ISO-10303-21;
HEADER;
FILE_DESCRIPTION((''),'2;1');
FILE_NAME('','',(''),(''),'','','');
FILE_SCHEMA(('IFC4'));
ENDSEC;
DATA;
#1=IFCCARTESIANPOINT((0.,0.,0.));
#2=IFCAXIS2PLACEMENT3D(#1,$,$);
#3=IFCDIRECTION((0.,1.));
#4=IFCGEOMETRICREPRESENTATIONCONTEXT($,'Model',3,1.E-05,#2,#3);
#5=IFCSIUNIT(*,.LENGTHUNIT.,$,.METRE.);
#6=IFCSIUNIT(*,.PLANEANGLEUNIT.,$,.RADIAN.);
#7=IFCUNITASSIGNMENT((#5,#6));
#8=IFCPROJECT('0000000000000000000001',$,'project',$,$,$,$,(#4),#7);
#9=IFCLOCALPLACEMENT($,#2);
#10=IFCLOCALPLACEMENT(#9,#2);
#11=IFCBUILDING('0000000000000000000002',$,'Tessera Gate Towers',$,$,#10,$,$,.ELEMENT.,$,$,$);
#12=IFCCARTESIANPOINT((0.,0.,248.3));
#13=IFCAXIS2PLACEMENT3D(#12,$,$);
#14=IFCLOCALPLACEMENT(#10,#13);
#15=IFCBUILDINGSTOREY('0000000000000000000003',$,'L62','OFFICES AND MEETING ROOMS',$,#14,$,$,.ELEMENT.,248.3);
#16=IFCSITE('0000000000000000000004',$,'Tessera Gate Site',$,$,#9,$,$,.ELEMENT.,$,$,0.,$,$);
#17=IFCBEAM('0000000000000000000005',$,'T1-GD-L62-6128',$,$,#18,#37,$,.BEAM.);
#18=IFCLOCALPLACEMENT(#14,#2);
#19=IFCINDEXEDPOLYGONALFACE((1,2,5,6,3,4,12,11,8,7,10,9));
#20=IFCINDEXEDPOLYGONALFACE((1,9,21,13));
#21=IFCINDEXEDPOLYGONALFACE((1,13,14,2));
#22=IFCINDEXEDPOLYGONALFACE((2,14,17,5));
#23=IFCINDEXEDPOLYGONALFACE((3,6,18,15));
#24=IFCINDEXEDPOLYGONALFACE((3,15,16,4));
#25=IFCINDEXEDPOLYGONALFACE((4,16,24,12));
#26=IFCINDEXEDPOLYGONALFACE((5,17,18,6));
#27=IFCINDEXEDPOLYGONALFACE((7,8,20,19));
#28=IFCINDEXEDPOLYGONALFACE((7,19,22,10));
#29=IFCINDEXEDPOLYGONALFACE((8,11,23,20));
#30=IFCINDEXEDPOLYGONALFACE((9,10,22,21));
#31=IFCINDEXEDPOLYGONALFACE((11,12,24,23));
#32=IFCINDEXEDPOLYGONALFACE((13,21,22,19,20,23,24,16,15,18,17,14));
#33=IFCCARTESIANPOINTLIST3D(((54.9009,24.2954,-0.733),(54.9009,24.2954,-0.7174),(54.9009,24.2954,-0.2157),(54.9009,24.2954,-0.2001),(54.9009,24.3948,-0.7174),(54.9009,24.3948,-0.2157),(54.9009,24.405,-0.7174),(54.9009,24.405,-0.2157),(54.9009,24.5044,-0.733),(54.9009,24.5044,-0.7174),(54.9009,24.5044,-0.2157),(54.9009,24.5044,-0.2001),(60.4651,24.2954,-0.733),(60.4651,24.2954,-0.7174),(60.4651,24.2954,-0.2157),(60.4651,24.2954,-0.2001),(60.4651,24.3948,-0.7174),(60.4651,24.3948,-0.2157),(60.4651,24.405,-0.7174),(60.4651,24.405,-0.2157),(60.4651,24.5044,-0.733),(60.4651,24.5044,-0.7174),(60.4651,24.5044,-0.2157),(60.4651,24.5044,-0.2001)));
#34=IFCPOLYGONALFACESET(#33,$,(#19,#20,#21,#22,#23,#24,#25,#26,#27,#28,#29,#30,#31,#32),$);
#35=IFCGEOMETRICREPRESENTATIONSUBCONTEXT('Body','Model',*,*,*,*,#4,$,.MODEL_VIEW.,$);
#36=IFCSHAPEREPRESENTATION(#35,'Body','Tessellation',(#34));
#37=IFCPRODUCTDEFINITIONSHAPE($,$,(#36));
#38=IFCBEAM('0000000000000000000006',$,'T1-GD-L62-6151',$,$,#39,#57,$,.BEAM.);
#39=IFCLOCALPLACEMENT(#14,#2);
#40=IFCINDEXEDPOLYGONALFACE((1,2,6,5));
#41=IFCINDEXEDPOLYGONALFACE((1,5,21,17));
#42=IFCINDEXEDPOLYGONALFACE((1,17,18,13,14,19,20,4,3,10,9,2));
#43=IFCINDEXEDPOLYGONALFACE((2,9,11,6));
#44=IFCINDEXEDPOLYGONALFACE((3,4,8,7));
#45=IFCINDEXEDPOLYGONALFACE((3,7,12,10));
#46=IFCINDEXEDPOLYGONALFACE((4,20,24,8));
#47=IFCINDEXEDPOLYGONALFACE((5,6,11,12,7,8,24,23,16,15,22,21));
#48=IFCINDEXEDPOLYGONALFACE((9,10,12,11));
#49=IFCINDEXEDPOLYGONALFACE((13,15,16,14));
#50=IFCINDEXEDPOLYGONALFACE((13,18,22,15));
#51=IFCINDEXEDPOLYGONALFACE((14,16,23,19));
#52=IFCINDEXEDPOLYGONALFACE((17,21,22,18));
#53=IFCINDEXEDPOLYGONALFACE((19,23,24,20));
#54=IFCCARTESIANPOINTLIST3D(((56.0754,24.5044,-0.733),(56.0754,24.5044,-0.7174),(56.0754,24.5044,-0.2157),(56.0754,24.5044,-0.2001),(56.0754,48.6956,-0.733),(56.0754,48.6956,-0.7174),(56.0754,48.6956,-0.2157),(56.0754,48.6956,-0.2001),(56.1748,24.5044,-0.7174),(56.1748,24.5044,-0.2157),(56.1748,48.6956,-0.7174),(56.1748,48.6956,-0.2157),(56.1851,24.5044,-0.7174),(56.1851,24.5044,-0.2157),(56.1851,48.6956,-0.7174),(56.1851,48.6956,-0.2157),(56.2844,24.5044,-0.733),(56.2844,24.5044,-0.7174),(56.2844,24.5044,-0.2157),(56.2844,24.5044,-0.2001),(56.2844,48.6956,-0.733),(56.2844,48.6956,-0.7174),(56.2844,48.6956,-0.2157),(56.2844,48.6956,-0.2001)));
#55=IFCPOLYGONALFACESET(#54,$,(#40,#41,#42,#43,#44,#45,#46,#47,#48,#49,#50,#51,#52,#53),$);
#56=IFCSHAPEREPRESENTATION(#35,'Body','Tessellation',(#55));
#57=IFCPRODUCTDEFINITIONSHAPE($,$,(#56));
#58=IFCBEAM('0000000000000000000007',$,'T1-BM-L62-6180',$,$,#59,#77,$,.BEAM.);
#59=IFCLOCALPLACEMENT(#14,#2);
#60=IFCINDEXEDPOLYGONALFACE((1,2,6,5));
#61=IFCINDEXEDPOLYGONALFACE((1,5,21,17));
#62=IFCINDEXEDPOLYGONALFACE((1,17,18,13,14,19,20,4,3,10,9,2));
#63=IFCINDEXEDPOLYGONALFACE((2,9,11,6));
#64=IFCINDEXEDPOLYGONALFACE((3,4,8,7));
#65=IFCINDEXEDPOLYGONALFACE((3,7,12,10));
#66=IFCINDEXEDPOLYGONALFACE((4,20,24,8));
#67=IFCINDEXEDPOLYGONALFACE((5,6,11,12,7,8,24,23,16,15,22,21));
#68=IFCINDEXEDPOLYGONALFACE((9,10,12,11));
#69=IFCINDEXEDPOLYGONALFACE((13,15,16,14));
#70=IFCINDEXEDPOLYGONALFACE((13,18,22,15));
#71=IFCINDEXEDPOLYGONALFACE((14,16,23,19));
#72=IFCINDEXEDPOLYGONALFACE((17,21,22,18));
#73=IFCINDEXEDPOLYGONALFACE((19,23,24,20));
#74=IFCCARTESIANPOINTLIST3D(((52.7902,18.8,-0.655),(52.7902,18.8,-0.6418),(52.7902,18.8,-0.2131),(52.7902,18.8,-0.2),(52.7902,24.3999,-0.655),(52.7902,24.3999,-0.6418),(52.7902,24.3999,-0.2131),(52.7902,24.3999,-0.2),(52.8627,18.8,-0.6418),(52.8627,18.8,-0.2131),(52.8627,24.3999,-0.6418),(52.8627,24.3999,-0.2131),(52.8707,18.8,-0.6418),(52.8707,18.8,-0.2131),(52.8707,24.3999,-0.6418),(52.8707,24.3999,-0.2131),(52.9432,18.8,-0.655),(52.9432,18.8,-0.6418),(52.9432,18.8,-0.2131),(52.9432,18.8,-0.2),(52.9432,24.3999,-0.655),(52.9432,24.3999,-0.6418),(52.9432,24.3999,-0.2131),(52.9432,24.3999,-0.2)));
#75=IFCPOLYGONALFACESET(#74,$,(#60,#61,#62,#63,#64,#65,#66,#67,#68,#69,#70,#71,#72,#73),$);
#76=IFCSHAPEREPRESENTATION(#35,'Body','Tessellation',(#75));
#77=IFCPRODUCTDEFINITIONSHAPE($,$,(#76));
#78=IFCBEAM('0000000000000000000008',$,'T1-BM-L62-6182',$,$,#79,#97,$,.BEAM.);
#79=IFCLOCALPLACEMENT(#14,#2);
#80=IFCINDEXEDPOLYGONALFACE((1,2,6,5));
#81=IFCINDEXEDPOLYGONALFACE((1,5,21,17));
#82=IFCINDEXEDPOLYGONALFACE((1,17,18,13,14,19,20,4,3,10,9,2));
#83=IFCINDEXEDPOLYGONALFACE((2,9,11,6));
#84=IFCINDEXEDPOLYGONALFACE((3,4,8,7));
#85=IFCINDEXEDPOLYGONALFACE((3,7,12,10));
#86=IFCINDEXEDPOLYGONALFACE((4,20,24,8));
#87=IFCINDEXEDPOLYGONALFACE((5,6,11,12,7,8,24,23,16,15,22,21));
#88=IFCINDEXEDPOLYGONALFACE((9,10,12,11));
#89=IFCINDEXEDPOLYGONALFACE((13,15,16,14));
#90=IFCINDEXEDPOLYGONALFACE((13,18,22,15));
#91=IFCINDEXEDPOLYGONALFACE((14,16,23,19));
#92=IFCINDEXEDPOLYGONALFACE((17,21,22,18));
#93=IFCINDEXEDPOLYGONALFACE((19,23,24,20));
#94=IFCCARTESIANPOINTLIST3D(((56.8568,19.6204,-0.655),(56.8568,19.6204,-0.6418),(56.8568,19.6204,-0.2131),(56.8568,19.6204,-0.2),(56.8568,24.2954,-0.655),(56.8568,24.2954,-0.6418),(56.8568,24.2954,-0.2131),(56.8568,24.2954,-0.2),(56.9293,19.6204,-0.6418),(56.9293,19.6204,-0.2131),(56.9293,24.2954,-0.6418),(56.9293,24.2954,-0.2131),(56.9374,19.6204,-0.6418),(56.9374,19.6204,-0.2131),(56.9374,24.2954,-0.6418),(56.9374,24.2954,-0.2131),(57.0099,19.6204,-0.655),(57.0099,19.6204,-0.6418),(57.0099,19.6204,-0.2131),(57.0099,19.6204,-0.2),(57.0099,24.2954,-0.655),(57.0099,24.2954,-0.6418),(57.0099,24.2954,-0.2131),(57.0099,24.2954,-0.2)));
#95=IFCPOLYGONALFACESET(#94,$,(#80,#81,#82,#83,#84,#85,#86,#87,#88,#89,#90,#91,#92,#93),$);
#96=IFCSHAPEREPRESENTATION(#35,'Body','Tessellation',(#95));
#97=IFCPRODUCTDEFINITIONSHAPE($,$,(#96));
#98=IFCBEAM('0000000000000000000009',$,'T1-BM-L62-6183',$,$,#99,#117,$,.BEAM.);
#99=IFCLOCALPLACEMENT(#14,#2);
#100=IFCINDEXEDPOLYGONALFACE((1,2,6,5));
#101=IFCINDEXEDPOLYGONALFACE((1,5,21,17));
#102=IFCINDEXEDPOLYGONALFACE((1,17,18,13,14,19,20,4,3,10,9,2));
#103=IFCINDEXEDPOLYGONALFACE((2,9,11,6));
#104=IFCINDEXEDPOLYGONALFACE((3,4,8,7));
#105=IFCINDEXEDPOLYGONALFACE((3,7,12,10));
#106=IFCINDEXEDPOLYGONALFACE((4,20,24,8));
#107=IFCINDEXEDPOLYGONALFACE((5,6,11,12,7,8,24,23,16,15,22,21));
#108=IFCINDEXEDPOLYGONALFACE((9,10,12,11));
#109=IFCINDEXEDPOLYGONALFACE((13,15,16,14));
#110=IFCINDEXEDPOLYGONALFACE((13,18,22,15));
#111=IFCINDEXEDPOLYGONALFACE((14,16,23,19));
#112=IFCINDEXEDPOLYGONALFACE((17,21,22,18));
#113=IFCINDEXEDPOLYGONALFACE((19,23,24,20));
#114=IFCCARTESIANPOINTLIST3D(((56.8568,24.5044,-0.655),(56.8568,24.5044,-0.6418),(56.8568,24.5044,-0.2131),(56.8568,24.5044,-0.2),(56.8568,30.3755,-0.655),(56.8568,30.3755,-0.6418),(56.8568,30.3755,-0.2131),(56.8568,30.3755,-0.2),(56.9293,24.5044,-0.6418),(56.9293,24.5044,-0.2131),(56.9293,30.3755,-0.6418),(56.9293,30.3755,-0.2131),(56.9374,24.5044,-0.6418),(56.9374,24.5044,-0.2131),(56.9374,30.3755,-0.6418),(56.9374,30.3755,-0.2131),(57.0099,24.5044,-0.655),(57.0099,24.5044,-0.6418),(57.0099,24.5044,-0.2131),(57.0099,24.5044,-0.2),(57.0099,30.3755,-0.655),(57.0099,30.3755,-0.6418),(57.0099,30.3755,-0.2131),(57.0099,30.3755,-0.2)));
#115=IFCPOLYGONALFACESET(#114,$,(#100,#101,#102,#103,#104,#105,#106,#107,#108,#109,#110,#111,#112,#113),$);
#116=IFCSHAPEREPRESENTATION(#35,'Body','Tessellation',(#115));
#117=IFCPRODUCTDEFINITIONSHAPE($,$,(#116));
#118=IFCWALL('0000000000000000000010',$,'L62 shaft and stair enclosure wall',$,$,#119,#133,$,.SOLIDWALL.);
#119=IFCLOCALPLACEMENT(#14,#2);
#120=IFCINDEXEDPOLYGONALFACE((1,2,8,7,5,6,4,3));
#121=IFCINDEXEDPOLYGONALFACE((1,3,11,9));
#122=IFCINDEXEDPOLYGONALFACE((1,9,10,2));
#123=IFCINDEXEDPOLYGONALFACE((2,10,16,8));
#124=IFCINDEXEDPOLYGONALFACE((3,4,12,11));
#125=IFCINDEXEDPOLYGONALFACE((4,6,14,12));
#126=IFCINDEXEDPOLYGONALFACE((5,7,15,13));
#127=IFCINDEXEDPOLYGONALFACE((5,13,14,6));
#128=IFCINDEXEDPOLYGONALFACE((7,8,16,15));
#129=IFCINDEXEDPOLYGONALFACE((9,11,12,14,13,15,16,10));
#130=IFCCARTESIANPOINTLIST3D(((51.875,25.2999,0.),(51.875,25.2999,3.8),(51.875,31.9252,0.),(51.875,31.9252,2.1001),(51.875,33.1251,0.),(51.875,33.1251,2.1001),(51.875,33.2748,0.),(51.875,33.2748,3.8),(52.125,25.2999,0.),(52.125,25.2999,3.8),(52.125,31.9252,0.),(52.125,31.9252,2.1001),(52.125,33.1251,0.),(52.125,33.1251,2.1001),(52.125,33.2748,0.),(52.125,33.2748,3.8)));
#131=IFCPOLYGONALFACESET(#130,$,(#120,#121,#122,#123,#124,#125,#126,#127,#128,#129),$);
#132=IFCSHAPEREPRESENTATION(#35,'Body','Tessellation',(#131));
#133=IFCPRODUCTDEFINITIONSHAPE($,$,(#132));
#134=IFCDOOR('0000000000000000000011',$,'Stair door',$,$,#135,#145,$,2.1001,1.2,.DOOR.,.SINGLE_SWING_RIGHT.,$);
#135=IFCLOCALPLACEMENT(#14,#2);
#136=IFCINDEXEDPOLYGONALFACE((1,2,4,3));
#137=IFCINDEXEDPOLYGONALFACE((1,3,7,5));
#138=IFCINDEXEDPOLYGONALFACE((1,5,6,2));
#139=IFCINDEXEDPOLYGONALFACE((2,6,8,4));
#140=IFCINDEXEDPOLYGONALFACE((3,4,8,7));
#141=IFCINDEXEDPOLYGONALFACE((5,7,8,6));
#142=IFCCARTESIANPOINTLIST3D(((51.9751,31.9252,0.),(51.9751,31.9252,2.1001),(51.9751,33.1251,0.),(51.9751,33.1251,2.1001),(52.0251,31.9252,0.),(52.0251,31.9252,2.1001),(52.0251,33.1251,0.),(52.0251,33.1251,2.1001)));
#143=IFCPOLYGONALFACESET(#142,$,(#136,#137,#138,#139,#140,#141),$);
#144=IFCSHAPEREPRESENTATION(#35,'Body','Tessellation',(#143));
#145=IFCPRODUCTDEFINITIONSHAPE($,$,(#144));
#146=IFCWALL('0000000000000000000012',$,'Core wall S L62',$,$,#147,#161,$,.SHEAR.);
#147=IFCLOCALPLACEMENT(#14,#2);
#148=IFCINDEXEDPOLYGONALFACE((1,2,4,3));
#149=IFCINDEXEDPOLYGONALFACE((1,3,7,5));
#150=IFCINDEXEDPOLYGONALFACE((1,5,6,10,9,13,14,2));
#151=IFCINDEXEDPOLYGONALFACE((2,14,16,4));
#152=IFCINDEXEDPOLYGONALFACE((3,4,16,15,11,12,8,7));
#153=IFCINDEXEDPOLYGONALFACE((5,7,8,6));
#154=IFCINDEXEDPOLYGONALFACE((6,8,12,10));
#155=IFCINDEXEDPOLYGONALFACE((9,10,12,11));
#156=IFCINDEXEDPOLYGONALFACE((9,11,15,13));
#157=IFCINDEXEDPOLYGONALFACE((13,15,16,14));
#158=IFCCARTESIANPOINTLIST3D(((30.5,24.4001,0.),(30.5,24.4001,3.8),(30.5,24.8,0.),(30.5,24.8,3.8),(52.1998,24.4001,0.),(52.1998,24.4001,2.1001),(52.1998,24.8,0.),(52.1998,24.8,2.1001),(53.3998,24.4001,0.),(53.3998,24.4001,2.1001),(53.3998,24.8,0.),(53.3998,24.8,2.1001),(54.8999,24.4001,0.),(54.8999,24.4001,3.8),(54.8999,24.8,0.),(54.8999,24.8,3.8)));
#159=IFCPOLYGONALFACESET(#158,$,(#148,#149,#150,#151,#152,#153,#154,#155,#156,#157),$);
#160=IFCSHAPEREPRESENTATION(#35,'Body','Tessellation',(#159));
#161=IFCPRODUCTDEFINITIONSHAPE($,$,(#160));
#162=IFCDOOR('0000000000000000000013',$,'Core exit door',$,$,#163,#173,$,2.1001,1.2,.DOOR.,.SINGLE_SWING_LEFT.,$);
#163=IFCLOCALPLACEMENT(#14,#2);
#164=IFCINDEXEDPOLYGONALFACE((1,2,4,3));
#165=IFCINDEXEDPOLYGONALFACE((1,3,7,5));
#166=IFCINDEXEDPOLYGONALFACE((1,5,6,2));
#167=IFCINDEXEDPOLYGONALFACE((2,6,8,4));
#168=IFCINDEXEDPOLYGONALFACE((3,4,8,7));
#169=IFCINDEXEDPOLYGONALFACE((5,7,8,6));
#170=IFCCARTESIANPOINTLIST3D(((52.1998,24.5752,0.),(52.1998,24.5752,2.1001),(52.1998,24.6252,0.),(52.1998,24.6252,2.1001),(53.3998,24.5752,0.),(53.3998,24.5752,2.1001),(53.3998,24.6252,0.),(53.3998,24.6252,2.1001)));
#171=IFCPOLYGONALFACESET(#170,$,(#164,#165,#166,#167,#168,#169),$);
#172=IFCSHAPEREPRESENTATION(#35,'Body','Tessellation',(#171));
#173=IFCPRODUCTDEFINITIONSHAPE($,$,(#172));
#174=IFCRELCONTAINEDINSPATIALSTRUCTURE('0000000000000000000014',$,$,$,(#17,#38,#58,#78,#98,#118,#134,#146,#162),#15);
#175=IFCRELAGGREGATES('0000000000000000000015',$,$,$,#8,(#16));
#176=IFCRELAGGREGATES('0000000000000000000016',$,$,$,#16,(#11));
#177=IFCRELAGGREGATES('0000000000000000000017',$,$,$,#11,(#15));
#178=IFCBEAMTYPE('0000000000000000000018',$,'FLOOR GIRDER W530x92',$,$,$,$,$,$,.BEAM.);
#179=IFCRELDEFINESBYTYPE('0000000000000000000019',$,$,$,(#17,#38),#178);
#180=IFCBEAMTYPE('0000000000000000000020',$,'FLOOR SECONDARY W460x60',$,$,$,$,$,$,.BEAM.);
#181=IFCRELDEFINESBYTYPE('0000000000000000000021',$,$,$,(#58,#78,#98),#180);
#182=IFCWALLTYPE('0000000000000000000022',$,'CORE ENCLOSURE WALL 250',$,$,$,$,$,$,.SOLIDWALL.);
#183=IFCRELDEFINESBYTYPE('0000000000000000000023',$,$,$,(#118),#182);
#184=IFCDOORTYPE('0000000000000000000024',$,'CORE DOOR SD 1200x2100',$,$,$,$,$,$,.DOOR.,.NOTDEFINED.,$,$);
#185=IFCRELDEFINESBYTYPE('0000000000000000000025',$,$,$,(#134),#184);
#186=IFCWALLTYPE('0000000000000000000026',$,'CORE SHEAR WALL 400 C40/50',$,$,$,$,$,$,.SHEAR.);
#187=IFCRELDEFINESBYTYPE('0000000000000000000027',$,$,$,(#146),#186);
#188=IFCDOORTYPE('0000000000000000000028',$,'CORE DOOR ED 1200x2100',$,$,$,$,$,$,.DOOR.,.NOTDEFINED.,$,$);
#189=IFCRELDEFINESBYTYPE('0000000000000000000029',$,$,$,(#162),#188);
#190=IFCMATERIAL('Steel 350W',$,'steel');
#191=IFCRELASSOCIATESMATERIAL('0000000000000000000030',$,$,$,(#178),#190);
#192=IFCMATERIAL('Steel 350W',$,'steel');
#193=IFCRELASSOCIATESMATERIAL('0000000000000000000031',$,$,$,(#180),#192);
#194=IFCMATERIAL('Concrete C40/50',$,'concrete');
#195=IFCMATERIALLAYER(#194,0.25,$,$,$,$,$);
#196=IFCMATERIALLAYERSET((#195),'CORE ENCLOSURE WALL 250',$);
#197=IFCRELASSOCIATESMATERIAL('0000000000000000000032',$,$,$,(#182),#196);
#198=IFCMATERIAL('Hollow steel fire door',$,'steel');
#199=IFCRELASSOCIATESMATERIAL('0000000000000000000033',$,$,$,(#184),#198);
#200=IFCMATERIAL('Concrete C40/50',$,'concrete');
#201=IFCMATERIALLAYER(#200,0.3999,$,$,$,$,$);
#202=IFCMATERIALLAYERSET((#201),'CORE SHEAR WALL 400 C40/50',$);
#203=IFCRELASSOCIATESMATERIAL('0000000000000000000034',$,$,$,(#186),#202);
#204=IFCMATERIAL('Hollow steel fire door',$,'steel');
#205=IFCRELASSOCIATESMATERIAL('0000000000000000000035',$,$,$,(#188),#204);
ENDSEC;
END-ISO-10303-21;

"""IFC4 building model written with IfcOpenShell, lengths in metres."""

from ifc_helpers import new_model, si_unit, direction, frame, frame_2d, origin, origin_2d, place, context, subcontext, project, spatial, rectangle, i_section, extrude, source, transform, mapped, material, layer, layer_set, material_profile, profile_set, type_object, element, fill, save


model = new_model("IFC4")

# Units and contexts
model_context = context("Model", 3, precision=1e-05, world=origin(), true_north=direction((0.0, 1.0)))
body_context = subcontext(model_context, "Body", "Model", "MODEL_VIEW")
ifc_project = project(units=[si_unit("LENGTHUNIT", "METRE"), si_unit("PLANEANGLEUNIT", "RADIAN")], contexts=[model_context])

# Site, building, storey
site_placement = place(None, origin())
site = spatial("IfcSite", under=ifc_project, at=site_placement, Name="Tessera Gate Site", CompositionType="ELEMENT", RefElevation=0.0)
building_placement = place(site_placement, origin())
building = spatial("IfcBuilding", under=site, at=building_placement, Name="Tessera Gate Towers", CompositionType="ELEMENT")
storey_placement = place(building_placement, frame((0.0, 0.0, 248.3)))
storey = spatial("IfcBuildingStorey", under=building, at=storey_placement, Name="L62", Description="OFFICES AND MEETING ROOMS", CompositionType="ELEMENT", Elevation=248.3)

# Beams
ifc_material_1 = material(Name="Steel 350W", Category="steel")
ifc_material_profile_1 = material_profile(ifc_material_1, i_section(OverallWidth=0.209, OverallDepth=0.533, WebThickness=0.0103, FlangeThickness=0.0156, at=origin_2d()), Name="W530x92")
ifc_profile_set_1 = profile_set([ifc_material_profile_1], Name="Steel 350W")
beam_type_1 = type_object("IfcBeamType", Name="FLOOR GIRDER W530x92", PredefinedType="BEAM", material=ifc_profile_set_1)
beam_1_placement = place(storey_placement, frame((54.9009, 24.3999, -0.4666), z_axis=(1.0, 0.0, 0.0), x_axis=(0.0, 1.0, 0.0)))
element("IfcBeam", 1, at=beam_1_placement, inside=storey, type_object=beam_type_1, Name="T1-GD-L62-6128", PredefinedType="BEAM", context=body_context, shape_type="SweptSolid", body=[
    extrude(i_section(OverallWidth=0.209, OverallDepth=0.533, WebThickness=0.0103, FlangeThickness=0.0156, at=origin_2d()), origin(), (0.0, 0.0, 1.0), 5.5642),
])
beam_2_placement = place(storey_placement, frame((56.1799, 24.5044, -0.4666), z_axis=(0.0, 1.0, 0.0), x_axis=(-1.0, 0.0, 0.0)))
element("IfcBeam", 2, at=beam_2_placement, inside=storey, type_object=beam_type_1, Name="T1-GD-L62-6151", PredefinedType="BEAM", context=body_context, shape_type="SweptSolid", body=[
    extrude(i_section(OverallWidth=0.209, OverallDepth=0.533, WebThickness=0.0103, FlangeThickness=0.0156, at=origin_2d()), origin(), (0.0, 0.0, 1.0), 24.1912),
])
ifc_material_2 = material(Name="Steel 350W", Category="steel")
ifc_material_profile_2 = material_profile(ifc_material_2, i_section(OverallWidth=0.1531, OverallDepth=0.4551, WebThickness=0.0081, FlangeThickness=0.0132, at=origin_2d()), Name="W460x60")
ifc_profile_set_2 = profile_set([ifc_material_profile_2], Name="Steel 350W")
beam_type_2 = type_object("IfcBeamType", Name="FLOOR SECONDARY W460x60", PredefinedType="BEAM", material=ifc_profile_set_2)
beam_3_placement = place(storey_placement, frame((52.8667, 18.8, -0.4275), z_axis=(0.0, 1.0, 0.0), x_axis=(-1.0, 0.0, 0.0)))
element("IfcBeam", 3, at=beam_3_placement, inside=storey, type_object=beam_type_2, Name="T1-BM-L62-6180", PredefinedType="BEAM", context=body_context, shape_type="SweptSolid", body=[
    extrude(i_section(OverallWidth=0.1531, OverallDepth=0.4551, WebThickness=0.0081, FlangeThickness=0.0132, at=origin_2d()), origin(), (0.0, 0.0, 1.0), 5.5999),
])
beam_4_placement = place(storey_placement, frame((56.9333, 19.6204, -0.4275), z_axis=(0.0, 1.0, 0.0), x_axis=(-1.0, 0.0, 0.0)))
element("IfcBeam", 4, at=beam_4_placement, inside=storey, type_object=beam_type_2, Name="T1-BM-L62-6182", PredefinedType="BEAM", context=body_context, shape_type="SweptSolid", body=[
    extrude(i_section(OverallWidth=0.1531, OverallDepth=0.4551, WebThickness=0.0081, FlangeThickness=0.0132, at=origin_2d()), origin(), (0.0, 0.0, 1.0), 4.675),
])
beam_5_placement = place(storey_placement, frame((56.9333, 24.5044, -0.4275), z_axis=(0.0, 1.0, 0.0), x_axis=(-1.0, 0.0, 0.0)))
element("IfcBeam", 5, at=beam_5_placement, inside=storey, type_object=beam_type_2, Name="T1-BM-L62-6183", PredefinedType="BEAM", context=body_context, shape_type="SweptSolid", body=[
    extrude(i_section(OverallWidth=0.1531, OverallDepth=0.4551, WebThickness=0.0081, FlangeThickness=0.0132, at=origin_2d()), origin(), (0.0, 0.0, 1.0), 5.8711),
])

# Walls, openings, doors
ifc_material_3 = material(Name="Concrete C40/50", Category="concrete")
ifc_layer_1 = layer(ifc_material_3, 0.25)
ifc_layer_set_1 = layer_set([ifc_layer_1], Name="CORE ENCLOSURE WALL 250")
wall_type_1 = type_object("IfcWallType", Name="CORE ENCLOSURE WALL 250", PredefinedType="SOLIDWALL", material=ifc_layer_set_1)
wall_1_placement = place(storey_placement, frame((52.0, 25.3, 0.0), z_axis=(0.0, 0.0, 1.0), x_axis=(0.0, 1.0, 0.0)))
wall_1 = element("IfcWall", 6, at=wall_1_placement, inside=storey, type_object=wall_type_1, Name="L62 shaft and stair enclosure wall", PredefinedType="SOLIDWALL", context=body_context, shape_type="SweptSolid", body=[
    extrude(rectangle(XDim=7.9749, YDim=0.25, at=frame_2d((3.9873, 0.0))), origin(), (0.0, 0.0, 1.0), 3.8),
])
shared_shape_1 = source(origin(), body_context, "Body", "SweptSolid", [
    extrude(rectangle(XDim=1.2, YDim=2.1001, at=frame_2d((0.6001, 1.05))), frame((0.0, 0.135, 0.0), z_axis=(0.0, -1.0, 0.0), x_axis=(1.0, 0.0, 0.0)), (0.0, 0.0, 1.0), 0.27),
])
opening_1_placement = place(wall_1_placement, frame((6.625, 0.0, 0.0)))
opening_1 = element("IfcOpeningElement", 7, at=opening_1_placement, cuts=wall_1, PredefinedType="OPENING", context=body_context, shape_type="MappedRepresentation", body=[
    mapped(shared_shape_1, transform((0.0, 0.0, 0.0), scale=1.0)),
])
ifc_material_4 = material(Name="Hollow steel fire door", Category="steel")
door_type_1 = type_object("IfcDoorType", Name="CORE DOOR SD 1200x2100", OperationType="NOTDEFINED", PredefinedType="DOOR", material=ifc_material_4)
shared_shape_2 = source(origin(), body_context, "Body", "SweptSolid", [
    extrude(rectangle(XDim=1.2, YDim=2.1001, at=frame_2d((0.6001, 1.05))), frame((0.0, 0.0249, 0.0), z_axis=(0.0, -1.0, 0.0), x_axis=(1.0, 0.0, 0.0)), (0.0, 0.0, 1.0), 0.05),
])
door_1_placement = place(opening_1_placement, origin())
door_1 = element("IfcDoor", 8, at=door_1_placement, inside=storey, type_object=door_type_1, Name="Stair door", OperationType="SINGLE_SWING_RIGHT", OverallHeight=2.1001, OverallWidth=1.2, PredefinedType="DOOR", context=body_context, shape_type="MappedRepresentation", body=[
    mapped(shared_shape_2, transform((0.0, 0.0, 0.0), scale=1.0)),
])
fill(opening_1, door_1)
ifc_material_5 = material(Name="Concrete C40/50", Category="concrete")
ifc_layer_2 = layer(ifc_material_5, 0.3999)
ifc_layer_set_2 = layer_set([ifc_layer_2], Name="CORE SHEAR WALL 400 C40/50")
wall_type_2 = type_object("IfcWallType", Name="CORE SHEAR WALL 400 C40/50", PredefinedType="SHEAR", material=ifc_layer_set_2)
wall_2_placement = place(storey_placement, frame((54.8999, 24.6001, 0.0), z_axis=(0.0, 0.0, 1.0), x_axis=(-1.0, 0.0, 0.0)))
wall_2 = element("IfcWall", 9, at=wall_2_placement, inside=storey, type_object=wall_type_2, Name="Core wall S L62", PredefinedType="SHEAR", context=body_context, shape_type="SweptSolid", body=[
    extrude(rectangle(XDim=24.3999, YDim=0.3999, at=frame_2d((12.2, 0.0))), origin(), (0.0, 0.0, 1.0), 3.8),
])
shared_shape_3 = source(origin(), body_context, "Body", "SweptSolid", [
    extrude(rectangle(XDim=1.2, YDim=2.1001, at=frame_2d((0.6001, 1.05))), frame((0.0, 0.21, 0.0), z_axis=(0.0, -1.0, 0.0), x_axis=(1.0, 0.0, 0.0)), (0.0, 0.0, 1.0), 0.4199),
])
opening_2_placement = place(wall_2_placement, frame((1.5, 0.0, 0.0)))
opening_2 = element("IfcOpeningElement", 10, at=opening_2_placement, cuts=wall_2, PredefinedType="OPENING", context=body_context, shape_type="MappedRepresentation", body=[
    mapped(shared_shape_3, transform((0.0, 0.0, 0.0), scale=1.0)),
])
ifc_material_6 = material(Name="Hollow steel fire door", Category="steel")
door_type_2 = type_object("IfcDoorType", Name="CORE DOOR ED 1200x2100", OperationType="NOTDEFINED", PredefinedType="DOOR", material=ifc_material_6)
door_2_placement = place(opening_2_placement, origin())
door_2 = element("IfcDoor", 11, at=door_2_placement, inside=storey, type_object=door_type_2, Name="Core exit door", OperationType="SINGLE_SWING_LEFT", OverallHeight=2.1001, OverallWidth=1.2, PredefinedType="DOOR", context=body_context, shape_type="MappedRepresentation", body=[
    mapped(shared_shape_2, transform((0.0, 0.0, 0.0), scale=1.0)),
])
fill(opening_2, door_2)

save(model, "model.ifc")
